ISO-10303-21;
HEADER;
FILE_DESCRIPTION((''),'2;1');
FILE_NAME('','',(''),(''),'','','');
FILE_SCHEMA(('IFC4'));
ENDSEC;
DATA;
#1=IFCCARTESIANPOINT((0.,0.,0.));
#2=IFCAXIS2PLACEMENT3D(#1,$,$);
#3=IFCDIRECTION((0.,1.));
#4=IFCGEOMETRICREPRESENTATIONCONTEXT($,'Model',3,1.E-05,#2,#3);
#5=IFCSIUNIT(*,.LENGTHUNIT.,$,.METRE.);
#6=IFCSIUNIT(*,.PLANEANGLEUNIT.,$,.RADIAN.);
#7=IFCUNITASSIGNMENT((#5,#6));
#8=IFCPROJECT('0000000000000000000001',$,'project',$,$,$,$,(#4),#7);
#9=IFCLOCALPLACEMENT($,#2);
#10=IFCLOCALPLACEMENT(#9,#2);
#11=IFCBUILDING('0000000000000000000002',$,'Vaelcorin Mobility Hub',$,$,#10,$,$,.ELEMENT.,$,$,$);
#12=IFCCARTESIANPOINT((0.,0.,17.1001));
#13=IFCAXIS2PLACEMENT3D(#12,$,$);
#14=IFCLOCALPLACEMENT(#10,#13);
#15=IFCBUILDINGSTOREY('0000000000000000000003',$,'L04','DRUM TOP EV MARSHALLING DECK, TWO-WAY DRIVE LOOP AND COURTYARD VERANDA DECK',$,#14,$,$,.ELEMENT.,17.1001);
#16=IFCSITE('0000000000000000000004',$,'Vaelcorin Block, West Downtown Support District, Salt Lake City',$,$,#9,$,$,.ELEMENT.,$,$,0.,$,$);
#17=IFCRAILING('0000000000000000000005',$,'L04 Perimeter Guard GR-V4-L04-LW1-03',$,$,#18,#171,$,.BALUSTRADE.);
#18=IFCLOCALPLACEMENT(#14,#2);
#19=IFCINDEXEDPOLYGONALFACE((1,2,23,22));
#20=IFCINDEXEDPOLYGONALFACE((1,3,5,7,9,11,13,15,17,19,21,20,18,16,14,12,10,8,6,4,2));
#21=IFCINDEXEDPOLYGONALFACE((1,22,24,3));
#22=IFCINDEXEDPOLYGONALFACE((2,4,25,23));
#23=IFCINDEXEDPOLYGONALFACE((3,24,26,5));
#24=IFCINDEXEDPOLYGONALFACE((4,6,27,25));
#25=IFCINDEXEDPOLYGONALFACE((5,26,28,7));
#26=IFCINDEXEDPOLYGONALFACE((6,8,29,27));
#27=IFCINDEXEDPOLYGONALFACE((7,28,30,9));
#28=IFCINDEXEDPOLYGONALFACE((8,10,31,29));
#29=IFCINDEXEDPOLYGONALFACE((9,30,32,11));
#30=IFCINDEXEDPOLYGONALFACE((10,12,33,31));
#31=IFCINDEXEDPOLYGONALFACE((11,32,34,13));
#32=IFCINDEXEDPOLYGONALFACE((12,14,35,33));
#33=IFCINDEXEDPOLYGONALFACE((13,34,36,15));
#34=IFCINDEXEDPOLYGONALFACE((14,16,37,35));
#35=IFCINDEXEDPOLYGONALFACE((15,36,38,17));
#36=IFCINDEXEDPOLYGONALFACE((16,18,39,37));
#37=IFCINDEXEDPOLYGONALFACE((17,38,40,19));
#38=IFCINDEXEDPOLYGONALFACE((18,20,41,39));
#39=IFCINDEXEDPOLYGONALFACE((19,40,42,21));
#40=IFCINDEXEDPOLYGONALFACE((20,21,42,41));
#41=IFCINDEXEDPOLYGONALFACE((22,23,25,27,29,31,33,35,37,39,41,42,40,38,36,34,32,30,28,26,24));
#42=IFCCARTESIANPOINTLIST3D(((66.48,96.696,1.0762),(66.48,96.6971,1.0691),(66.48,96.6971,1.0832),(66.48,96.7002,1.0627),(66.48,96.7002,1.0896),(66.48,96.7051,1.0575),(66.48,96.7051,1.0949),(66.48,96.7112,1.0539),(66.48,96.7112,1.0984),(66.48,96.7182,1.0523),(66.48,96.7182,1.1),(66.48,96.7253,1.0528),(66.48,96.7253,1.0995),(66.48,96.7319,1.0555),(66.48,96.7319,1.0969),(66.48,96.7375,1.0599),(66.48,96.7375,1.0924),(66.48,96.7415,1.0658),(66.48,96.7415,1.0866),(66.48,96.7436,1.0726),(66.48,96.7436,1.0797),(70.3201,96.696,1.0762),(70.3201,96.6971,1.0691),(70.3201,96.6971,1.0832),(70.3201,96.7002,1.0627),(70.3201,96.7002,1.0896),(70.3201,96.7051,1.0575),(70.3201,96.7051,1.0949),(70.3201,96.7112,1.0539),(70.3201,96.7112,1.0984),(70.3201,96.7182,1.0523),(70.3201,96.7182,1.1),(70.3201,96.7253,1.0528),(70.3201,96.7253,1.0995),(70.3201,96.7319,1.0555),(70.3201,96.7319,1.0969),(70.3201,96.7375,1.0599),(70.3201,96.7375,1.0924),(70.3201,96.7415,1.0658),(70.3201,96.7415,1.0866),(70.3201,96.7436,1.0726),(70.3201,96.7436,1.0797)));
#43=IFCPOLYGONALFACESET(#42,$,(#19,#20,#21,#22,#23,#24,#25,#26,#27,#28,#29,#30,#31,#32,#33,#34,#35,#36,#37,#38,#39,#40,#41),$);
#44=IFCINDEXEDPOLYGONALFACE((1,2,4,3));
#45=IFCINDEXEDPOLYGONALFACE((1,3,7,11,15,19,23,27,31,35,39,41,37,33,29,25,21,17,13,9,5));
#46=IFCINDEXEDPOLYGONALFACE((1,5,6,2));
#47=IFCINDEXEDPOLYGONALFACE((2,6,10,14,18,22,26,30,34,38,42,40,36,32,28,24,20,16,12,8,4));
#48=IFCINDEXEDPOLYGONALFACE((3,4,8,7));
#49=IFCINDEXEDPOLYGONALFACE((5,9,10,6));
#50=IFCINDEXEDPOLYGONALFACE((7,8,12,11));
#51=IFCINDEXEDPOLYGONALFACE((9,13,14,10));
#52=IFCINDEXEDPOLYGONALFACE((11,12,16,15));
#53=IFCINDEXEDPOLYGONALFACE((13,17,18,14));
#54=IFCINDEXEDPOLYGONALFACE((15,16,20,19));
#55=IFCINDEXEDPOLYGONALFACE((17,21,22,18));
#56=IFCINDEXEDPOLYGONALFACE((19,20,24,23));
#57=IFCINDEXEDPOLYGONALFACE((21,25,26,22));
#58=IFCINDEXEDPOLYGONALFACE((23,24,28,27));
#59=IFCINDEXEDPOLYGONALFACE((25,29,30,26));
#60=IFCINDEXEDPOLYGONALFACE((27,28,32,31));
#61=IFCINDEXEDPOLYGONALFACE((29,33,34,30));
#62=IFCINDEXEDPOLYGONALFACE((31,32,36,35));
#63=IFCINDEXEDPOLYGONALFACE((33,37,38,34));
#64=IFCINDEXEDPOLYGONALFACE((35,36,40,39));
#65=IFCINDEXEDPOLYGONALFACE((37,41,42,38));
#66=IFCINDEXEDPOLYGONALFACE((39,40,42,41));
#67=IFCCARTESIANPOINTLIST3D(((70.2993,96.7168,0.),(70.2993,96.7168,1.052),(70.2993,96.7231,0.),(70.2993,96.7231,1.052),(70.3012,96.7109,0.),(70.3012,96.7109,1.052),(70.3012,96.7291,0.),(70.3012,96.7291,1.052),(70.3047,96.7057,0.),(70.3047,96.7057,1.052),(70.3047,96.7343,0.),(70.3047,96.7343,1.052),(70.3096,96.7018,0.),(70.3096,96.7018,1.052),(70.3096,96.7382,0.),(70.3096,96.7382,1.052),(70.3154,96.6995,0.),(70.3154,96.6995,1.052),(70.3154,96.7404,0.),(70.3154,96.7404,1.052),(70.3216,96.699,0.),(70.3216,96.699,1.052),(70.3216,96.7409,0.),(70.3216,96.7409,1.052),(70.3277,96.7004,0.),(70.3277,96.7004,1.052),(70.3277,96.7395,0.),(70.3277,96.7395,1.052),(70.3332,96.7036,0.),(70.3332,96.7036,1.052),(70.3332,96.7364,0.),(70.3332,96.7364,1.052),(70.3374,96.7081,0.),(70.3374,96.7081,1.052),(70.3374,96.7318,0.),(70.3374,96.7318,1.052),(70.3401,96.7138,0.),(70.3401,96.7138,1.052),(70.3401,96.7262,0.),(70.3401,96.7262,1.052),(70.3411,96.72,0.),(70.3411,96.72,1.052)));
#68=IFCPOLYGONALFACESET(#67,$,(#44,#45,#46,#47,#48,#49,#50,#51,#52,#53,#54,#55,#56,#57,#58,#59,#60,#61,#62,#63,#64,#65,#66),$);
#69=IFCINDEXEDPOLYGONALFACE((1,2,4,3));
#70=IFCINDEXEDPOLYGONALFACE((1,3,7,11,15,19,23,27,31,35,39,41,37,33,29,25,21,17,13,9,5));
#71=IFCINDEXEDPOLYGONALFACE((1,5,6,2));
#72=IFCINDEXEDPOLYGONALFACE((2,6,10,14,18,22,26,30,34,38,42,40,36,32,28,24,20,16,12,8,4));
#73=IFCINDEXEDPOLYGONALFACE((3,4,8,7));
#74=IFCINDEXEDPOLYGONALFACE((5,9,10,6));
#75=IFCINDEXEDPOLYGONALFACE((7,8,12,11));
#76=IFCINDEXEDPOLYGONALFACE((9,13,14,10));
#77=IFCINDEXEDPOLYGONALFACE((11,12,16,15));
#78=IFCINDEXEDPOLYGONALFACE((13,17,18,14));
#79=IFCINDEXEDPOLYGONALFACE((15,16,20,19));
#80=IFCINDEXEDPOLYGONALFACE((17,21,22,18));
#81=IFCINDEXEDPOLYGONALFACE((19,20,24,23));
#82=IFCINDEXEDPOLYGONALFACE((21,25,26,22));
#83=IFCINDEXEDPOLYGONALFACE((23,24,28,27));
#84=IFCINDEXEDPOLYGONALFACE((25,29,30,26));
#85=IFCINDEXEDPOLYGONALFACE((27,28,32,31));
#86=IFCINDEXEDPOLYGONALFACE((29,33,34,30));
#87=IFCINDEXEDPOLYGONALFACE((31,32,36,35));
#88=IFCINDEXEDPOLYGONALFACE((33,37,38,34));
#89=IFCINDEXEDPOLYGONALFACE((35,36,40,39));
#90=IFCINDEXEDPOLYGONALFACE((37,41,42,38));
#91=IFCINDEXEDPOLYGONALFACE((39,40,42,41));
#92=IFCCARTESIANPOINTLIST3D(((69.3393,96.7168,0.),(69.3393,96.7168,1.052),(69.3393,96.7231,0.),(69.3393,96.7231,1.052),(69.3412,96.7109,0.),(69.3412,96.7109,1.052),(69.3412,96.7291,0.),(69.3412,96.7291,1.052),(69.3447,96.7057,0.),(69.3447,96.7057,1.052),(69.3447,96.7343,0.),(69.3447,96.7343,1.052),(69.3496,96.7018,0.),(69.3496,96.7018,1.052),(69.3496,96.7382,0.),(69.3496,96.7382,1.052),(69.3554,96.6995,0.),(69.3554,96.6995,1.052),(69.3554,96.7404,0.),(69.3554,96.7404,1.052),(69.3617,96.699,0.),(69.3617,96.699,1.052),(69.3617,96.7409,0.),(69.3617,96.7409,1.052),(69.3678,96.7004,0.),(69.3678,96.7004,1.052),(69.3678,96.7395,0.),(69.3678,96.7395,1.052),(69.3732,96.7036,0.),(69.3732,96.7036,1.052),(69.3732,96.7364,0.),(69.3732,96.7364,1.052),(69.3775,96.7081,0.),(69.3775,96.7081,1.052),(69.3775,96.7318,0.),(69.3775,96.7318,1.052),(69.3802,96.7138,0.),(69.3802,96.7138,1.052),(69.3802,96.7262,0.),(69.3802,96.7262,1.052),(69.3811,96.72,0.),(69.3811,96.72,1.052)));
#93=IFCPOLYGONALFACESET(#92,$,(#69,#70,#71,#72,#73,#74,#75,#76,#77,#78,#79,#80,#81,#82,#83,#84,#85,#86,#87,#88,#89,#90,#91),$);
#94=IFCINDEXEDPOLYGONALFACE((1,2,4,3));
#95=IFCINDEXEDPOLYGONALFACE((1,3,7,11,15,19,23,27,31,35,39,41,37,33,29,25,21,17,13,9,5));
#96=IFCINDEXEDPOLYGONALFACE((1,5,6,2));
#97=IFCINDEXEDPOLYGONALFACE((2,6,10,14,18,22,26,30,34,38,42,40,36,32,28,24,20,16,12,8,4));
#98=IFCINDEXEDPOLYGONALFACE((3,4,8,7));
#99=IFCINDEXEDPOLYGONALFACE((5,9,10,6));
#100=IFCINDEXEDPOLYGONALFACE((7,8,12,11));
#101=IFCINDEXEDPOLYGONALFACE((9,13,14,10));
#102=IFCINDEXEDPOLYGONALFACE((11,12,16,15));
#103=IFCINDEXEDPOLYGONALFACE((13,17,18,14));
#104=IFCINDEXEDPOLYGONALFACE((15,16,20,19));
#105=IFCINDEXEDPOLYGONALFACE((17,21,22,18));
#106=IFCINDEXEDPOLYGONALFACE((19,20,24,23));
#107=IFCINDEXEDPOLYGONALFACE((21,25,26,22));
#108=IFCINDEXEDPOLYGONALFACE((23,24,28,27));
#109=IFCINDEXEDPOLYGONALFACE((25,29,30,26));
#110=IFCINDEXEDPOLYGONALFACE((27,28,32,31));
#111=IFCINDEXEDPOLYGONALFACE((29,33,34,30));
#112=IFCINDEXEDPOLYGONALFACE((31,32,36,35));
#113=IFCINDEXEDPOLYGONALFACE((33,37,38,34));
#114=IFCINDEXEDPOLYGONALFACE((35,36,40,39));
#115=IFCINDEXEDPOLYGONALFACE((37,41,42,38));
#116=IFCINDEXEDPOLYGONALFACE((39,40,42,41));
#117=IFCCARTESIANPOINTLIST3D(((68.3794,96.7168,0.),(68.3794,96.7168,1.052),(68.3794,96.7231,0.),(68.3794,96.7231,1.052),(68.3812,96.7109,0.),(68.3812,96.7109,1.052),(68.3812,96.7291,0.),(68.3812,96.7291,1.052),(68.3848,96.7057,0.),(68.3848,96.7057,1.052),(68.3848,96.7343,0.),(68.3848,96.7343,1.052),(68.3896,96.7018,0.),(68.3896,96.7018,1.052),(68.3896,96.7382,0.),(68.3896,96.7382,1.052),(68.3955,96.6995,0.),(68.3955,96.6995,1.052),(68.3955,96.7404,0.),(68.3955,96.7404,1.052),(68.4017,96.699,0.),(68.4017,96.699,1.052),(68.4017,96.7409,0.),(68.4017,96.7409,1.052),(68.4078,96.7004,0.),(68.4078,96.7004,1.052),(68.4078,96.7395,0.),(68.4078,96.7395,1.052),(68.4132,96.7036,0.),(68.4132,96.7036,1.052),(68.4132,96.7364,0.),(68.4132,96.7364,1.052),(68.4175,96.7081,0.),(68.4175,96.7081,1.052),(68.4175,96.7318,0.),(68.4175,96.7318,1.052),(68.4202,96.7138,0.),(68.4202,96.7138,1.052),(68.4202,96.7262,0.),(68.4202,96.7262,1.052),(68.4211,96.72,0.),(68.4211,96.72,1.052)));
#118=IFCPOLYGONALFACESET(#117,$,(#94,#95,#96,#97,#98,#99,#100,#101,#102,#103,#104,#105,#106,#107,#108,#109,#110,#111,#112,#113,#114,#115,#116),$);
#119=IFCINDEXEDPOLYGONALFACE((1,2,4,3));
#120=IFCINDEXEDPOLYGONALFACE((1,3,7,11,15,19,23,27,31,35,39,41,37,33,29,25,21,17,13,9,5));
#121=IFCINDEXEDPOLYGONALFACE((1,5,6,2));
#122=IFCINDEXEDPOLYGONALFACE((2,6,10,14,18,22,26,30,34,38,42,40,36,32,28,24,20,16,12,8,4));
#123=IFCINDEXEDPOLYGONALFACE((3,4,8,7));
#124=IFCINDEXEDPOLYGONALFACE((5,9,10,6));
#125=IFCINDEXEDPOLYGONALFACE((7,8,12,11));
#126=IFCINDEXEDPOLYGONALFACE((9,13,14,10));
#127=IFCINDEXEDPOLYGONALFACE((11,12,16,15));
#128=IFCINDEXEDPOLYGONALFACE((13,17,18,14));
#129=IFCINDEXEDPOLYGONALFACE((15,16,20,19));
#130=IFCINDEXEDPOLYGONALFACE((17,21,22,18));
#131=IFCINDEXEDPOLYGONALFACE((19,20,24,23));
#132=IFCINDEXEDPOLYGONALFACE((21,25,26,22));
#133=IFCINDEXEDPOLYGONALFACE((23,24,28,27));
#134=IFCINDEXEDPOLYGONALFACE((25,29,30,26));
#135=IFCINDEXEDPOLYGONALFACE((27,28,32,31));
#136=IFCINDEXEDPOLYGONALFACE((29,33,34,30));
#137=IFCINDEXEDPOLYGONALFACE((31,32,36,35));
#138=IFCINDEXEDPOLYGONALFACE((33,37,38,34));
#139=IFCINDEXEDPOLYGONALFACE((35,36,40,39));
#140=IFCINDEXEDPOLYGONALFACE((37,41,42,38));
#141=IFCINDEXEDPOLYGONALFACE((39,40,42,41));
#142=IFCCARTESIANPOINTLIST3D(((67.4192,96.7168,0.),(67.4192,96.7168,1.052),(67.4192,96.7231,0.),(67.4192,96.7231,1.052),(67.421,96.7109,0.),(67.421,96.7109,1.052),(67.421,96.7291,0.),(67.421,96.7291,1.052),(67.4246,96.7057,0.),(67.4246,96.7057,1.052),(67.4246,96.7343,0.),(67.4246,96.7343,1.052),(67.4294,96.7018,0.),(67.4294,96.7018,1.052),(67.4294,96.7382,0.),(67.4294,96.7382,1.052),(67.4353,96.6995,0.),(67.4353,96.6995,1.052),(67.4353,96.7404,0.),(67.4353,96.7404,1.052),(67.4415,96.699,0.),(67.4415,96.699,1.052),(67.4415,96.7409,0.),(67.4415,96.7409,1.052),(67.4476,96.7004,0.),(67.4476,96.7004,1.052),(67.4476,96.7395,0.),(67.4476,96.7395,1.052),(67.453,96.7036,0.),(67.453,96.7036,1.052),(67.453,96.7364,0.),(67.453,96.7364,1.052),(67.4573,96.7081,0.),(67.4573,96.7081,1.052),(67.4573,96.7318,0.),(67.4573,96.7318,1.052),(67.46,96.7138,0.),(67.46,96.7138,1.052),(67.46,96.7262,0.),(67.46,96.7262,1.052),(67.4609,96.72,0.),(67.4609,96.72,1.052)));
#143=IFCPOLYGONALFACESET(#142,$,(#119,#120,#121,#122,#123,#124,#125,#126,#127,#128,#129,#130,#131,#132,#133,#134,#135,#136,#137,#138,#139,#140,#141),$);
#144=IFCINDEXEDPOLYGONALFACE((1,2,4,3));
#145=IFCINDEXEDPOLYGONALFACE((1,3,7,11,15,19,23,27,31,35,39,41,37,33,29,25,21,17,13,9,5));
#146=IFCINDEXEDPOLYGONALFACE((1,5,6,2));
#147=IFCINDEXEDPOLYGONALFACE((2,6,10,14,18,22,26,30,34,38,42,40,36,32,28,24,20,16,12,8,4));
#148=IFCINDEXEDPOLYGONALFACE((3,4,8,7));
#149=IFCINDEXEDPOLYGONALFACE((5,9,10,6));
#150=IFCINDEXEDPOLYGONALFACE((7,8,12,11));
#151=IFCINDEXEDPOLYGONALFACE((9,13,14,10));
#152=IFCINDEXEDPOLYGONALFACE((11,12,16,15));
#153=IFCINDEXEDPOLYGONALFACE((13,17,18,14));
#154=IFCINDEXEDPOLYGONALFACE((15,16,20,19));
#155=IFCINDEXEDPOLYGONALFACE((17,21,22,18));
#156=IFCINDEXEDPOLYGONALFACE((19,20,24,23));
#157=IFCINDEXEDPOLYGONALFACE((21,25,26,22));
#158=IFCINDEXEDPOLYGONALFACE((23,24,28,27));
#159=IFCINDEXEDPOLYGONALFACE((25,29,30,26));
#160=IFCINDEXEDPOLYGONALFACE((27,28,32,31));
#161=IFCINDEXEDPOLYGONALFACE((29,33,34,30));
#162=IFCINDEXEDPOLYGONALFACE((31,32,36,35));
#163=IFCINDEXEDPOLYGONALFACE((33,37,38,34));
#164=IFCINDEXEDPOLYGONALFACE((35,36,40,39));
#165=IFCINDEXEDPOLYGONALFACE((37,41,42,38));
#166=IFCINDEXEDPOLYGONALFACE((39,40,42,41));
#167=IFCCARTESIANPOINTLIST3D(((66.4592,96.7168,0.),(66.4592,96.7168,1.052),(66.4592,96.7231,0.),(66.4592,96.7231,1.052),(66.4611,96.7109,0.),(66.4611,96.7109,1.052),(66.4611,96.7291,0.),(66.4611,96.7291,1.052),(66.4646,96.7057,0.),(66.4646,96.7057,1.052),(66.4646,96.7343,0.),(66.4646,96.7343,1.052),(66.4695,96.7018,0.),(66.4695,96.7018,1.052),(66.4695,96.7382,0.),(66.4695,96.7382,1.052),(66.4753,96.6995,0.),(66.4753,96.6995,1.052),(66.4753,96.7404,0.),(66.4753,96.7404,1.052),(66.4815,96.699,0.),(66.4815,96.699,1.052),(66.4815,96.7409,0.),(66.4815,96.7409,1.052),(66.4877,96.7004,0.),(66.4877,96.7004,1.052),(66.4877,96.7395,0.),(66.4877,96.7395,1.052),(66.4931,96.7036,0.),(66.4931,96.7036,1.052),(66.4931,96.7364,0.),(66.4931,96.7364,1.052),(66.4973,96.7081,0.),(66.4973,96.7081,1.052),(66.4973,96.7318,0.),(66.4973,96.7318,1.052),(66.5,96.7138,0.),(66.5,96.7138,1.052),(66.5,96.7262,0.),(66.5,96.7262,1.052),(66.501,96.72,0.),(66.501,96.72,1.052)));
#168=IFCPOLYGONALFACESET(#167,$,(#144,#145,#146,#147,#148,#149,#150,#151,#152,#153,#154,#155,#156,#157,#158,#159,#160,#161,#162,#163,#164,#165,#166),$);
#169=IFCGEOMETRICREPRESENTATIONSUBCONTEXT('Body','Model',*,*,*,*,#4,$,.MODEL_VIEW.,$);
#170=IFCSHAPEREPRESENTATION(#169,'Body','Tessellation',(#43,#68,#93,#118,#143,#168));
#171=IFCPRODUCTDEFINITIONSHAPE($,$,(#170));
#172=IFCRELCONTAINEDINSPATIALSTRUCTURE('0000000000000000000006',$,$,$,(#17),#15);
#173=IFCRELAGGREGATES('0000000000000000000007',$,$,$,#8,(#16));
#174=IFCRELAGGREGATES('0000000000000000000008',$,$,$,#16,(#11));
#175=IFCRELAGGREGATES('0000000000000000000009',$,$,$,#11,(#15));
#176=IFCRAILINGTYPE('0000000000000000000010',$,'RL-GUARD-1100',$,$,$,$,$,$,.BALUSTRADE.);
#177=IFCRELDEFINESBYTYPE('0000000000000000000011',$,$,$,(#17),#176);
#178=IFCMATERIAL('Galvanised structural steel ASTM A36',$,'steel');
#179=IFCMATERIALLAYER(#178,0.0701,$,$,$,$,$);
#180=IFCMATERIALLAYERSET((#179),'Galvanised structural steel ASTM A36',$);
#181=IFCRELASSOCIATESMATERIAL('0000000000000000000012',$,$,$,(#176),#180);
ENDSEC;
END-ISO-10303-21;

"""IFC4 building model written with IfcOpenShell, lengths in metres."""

from ifc_helpers import new_model, si_unit, direction, frame, origin, origin_2d, place, context, subcontext, project, spatial, circle, extrude, material, layer, layer_set, type_object, element, save


model = new_model("IFC4")

# Units and contexts
model_context = context("Model", 3, precision=1e-05, world=origin(), true_north=direction((0.0, 1.0)))
body_context = subcontext(model_context, "Body", "Model", "MODEL_VIEW")
ifc_project = project(units=[si_unit("LENGTHUNIT", "METRE"), si_unit("PLANEANGLEUNIT", "RADIAN")], contexts=[model_context])

# Site, building, storey
site_placement = place(None, origin())
site = spatial("IfcSite", under=ifc_project, at=site_placement, Name="Vaelcorin Block, West Downtown Support District, Salt Lake City", CompositionType="ELEMENT", RefElevation=0.0)
building_placement = place(site_placement, origin())
building = spatial("IfcBuilding", under=site, at=building_placement, Name="Vaelcorin Mobility Hub", CompositionType="ELEMENT")
storey_placement = place(building_placement, frame((0.0, 0.0, 17.1001)))
storey = spatial("IfcBuildingStorey", under=building, at=storey_placement, Name="L04", Description="DRUM TOP EV MARSHALLING DECK, TWO-WAY DRIVE LOOP AND COURTYARD VERANDA DECK", CompositionType="ELEMENT", Elevation=17.1001)

# Railing
ifc_material_1 = material(Name="Galvanised structural steel ASTM A36", Category="steel")
ifc_layer_1 = layer(ifc_material_1, 0.0701)
ifc_layer_set_1 = layer_set([ifc_layer_1], Name="Galvanised structural steel ASTM A36")
railing_type = type_object("IfcRailingType", Name="RL-GUARD-1100", PredefinedType="BALUSTRADE", material=ifc_layer_set_1)
railing_1_placement = place(storey_placement, frame((70.3201, 96.72, 0.0)))
element("IfcRailing", 1, at=railing_1_placement, inside=storey, type_object=railing_type, Name="L04 Perimeter Guard GR-V4-L04-LW1-03", PredefinedType="BALUSTRADE", context=body_context, shape_type="SweptSolid", body=[
    extrude(circle(Radius=0.0239, at=origin_2d()), frame((0.0, 0.0, 1.0762), z_axis=(-1.0, 0.0, 0.0), x_axis=(0.0, -1.0, 0.0)), (0.0, 0.0, 1.0), 3.8401),
    extrude(circle(Radius=0.021, at=origin_2d()), origin(), (0.0, 0.0, 1.0), 1.052),
    extrude(circle(Radius=0.021, at=origin_2d()), frame((-0.96, 0.0, 0.0)), (0.0, 0.0, 1.0), 1.052),
    extrude(circle(Radius=0.021, at=origin_2d()), frame((-1.9199, 0.0, 0.0)), (0.0, 0.0, 1.0), 1.052),
    extrude(circle(Radius=0.021, at=origin_2d()), frame((-2.8801, 0.0, 0.0)), (0.0, 0.0, 1.0), 1.052),
    extrude(circle(Radius=0.021, at=origin_2d()), frame((-3.8401, 0.0, 0.0)), (0.0, 0.0, 1.0), 1.052),
])

save(model, "model.ifc")
